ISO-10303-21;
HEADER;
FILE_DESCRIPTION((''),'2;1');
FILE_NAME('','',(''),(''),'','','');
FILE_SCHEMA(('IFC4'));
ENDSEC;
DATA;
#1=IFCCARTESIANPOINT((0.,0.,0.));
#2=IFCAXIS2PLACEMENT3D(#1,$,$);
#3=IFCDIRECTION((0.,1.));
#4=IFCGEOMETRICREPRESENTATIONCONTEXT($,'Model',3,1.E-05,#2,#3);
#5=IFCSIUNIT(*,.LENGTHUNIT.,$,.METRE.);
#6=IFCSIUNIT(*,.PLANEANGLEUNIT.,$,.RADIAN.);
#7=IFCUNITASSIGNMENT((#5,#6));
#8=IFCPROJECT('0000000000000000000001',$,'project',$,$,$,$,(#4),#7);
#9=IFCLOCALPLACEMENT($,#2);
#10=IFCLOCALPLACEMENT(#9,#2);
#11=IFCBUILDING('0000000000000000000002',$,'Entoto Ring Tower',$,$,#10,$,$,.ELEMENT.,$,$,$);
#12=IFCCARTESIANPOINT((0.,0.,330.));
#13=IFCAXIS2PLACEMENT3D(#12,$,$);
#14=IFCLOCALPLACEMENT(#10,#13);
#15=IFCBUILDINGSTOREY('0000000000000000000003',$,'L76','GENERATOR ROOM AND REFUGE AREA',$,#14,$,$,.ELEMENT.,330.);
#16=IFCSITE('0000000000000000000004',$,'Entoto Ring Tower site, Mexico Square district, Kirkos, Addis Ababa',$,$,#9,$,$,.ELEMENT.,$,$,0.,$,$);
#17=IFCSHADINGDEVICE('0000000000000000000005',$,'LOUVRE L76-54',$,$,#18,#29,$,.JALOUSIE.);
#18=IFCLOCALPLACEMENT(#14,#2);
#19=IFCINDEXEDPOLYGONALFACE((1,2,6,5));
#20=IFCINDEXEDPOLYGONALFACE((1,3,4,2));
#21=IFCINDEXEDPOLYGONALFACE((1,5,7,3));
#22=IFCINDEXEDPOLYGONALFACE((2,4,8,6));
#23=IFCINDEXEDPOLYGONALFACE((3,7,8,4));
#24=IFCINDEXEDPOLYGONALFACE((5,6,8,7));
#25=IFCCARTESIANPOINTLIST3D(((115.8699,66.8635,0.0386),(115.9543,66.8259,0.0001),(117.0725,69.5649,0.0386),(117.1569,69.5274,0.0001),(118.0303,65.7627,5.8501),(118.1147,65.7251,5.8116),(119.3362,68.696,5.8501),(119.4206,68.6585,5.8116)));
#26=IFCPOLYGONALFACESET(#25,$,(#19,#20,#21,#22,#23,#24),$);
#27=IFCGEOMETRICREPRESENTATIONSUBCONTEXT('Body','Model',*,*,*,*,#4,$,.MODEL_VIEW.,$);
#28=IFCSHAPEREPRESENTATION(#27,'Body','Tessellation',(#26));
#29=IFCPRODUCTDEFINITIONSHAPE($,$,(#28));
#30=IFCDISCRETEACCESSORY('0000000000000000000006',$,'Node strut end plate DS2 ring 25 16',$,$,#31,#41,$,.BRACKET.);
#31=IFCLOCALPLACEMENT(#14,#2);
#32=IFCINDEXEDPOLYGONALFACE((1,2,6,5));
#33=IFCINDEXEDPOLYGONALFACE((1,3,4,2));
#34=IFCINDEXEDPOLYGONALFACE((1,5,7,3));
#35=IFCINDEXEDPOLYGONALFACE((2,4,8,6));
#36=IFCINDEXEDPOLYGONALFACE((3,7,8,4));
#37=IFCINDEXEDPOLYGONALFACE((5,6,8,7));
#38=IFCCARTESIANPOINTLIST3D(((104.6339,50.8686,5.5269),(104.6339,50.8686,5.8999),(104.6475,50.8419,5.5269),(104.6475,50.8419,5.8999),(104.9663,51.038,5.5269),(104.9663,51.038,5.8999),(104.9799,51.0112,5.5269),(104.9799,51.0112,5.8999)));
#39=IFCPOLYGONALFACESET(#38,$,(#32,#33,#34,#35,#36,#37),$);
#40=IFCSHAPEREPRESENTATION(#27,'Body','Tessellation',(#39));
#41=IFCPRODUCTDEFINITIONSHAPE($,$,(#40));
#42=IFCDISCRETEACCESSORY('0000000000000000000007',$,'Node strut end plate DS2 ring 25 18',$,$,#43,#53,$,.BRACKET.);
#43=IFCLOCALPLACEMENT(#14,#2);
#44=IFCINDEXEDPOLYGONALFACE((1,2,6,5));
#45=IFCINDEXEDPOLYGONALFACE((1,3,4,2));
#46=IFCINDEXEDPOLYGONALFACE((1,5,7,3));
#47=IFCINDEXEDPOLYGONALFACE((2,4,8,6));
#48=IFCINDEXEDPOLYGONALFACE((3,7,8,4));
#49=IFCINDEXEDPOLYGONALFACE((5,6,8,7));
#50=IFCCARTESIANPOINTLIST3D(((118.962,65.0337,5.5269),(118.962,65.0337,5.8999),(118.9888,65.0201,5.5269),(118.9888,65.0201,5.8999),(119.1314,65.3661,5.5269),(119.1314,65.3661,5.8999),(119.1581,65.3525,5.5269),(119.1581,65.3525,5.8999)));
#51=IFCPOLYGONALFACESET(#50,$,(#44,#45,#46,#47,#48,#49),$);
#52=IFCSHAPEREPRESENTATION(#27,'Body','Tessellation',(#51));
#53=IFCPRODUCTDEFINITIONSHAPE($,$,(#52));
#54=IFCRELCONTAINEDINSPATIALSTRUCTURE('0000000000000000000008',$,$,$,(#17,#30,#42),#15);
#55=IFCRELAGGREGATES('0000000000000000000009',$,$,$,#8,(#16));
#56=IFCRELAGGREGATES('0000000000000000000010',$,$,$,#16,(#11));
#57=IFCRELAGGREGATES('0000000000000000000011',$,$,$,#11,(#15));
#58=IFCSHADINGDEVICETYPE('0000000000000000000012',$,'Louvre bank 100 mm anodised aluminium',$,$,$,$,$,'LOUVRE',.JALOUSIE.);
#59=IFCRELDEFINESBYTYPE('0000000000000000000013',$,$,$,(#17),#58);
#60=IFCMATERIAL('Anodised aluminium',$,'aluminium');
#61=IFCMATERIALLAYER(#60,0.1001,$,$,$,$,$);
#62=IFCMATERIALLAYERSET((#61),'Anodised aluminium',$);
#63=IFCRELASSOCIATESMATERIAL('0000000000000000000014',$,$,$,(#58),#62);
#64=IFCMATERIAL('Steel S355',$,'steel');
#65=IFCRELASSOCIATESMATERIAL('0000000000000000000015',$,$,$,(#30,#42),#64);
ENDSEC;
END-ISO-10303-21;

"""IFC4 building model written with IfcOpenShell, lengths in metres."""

from ifc_helpers import new_model, si_unit, direction, frame, origin, origin_2d, place, context, subcontext, project, spatial, polyline, rectangle, outline, extrude, material, layer, layer_set, type_object, element, save


model = new_model("IFC4")

# Units and contexts
model_context = context("Model", 3, precision=1e-05, world=origin(), true_north=direction((0.0, 1.0)))
body_context = subcontext(model_context, "Body", "Model", "MODEL_VIEW")
ifc_project = project(units=[si_unit("LENGTHUNIT", "METRE"), si_unit("PLANEANGLEUNIT", "RADIAN")], contexts=[model_context])

# Site, building, storey
site_placement = place(None, origin())
site = spatial("IfcSite", under=ifc_project, at=site_placement, Name="Entoto Ring Tower site, Mexico Square district, Kirkos, Addis Ababa", CompositionType="ELEMENT", RefElevation=0.0)
building_placement = place(site_placement, origin())
building = spatial("IfcBuilding", under=site, at=building_placement, Name="Entoto Ring Tower", CompositionType="ELEMENT")
storey_placement = place(building_placement, frame((0.0, 0.0, 330.0)))
storey = spatial("IfcBuildingStorey", under=building, at=storey_placement, Name="L76", Description="GENERATOR ROOM AND REFUGE AREA", CompositionType="ELEMENT", Elevation=330.0)

# Shading device
ifc_material_1 = material(Name="Anodised aluminium", Category="aluminium")
ifc_layer_1 = layer(ifc_material_1, 0.1001)
ifc_layer_set_1 = layer_set([ifc_layer_1], Name="Anodised aluminium")
shading_device_type = type_object("IfcShadingDeviceType", Name="Louvre bank 100 mm anodised aluminium", ElementType="LOUVRE", PredefinedType="JALOUSIE", material=ifc_layer_set_1)
shading_device_1_placement = place(storey_placement, frame((115.8699, 66.8635, 0.0386), z_axis=(-0.843289, 0.375425, 0.384603), x_axis=(0.406707, 0.913559, -0.000001)))
element("IfcShadingDevice", 1, at=shading_device_1_placement, inside=storey, type_object=shading_device_type, Name="LOUVRE L76-54", PredefinedType="JALOUSIE", context=body_context, shape_type="SweptSolid", body=[
    extrude(outline(polyline([(0.0, 0.0), (2.957, 0.0), (3.0839, -6.2958), (-0.127, -6.2958), (0.0, 0.0)])), origin(), (0.0, 0.0, -1.0), 0.1001),
])

# Discrete accessories
ifc_material_2 = material(Name="Steel S355", Category="steel")
for number, where, z_axis, x_axis, name in (
    (2, (104.8069, 50.9399, 5.5269), (0.0, 0.0, 1.0), (0.45399, -0.891007, 0.0), "Node strut end plate DS2 ring 25 16"),
    (3, (119.0601, 65.1931, 5.5269), (0.0, 0.0, 1.0), (0.891007, -0.45399, 0.0), "Node strut end plate DS2 ring 25 18"),
):
    element("IfcDiscreteAccessory", number, at=place(storey_placement, frame(where, z_axis=z_axis, x_axis=x_axis)), inside=storey, material=ifc_material_2, Name=name, PredefinedType="BRACKET", context=body_context, shape_type="SweptSolid", body=[
        extrude(rectangle(XDim=0.03, YDim=0.373, at=origin_2d()), origin(), (0.0, 0.0, 1.0), 0.373),
    ])

save(model, "model.ifc")
